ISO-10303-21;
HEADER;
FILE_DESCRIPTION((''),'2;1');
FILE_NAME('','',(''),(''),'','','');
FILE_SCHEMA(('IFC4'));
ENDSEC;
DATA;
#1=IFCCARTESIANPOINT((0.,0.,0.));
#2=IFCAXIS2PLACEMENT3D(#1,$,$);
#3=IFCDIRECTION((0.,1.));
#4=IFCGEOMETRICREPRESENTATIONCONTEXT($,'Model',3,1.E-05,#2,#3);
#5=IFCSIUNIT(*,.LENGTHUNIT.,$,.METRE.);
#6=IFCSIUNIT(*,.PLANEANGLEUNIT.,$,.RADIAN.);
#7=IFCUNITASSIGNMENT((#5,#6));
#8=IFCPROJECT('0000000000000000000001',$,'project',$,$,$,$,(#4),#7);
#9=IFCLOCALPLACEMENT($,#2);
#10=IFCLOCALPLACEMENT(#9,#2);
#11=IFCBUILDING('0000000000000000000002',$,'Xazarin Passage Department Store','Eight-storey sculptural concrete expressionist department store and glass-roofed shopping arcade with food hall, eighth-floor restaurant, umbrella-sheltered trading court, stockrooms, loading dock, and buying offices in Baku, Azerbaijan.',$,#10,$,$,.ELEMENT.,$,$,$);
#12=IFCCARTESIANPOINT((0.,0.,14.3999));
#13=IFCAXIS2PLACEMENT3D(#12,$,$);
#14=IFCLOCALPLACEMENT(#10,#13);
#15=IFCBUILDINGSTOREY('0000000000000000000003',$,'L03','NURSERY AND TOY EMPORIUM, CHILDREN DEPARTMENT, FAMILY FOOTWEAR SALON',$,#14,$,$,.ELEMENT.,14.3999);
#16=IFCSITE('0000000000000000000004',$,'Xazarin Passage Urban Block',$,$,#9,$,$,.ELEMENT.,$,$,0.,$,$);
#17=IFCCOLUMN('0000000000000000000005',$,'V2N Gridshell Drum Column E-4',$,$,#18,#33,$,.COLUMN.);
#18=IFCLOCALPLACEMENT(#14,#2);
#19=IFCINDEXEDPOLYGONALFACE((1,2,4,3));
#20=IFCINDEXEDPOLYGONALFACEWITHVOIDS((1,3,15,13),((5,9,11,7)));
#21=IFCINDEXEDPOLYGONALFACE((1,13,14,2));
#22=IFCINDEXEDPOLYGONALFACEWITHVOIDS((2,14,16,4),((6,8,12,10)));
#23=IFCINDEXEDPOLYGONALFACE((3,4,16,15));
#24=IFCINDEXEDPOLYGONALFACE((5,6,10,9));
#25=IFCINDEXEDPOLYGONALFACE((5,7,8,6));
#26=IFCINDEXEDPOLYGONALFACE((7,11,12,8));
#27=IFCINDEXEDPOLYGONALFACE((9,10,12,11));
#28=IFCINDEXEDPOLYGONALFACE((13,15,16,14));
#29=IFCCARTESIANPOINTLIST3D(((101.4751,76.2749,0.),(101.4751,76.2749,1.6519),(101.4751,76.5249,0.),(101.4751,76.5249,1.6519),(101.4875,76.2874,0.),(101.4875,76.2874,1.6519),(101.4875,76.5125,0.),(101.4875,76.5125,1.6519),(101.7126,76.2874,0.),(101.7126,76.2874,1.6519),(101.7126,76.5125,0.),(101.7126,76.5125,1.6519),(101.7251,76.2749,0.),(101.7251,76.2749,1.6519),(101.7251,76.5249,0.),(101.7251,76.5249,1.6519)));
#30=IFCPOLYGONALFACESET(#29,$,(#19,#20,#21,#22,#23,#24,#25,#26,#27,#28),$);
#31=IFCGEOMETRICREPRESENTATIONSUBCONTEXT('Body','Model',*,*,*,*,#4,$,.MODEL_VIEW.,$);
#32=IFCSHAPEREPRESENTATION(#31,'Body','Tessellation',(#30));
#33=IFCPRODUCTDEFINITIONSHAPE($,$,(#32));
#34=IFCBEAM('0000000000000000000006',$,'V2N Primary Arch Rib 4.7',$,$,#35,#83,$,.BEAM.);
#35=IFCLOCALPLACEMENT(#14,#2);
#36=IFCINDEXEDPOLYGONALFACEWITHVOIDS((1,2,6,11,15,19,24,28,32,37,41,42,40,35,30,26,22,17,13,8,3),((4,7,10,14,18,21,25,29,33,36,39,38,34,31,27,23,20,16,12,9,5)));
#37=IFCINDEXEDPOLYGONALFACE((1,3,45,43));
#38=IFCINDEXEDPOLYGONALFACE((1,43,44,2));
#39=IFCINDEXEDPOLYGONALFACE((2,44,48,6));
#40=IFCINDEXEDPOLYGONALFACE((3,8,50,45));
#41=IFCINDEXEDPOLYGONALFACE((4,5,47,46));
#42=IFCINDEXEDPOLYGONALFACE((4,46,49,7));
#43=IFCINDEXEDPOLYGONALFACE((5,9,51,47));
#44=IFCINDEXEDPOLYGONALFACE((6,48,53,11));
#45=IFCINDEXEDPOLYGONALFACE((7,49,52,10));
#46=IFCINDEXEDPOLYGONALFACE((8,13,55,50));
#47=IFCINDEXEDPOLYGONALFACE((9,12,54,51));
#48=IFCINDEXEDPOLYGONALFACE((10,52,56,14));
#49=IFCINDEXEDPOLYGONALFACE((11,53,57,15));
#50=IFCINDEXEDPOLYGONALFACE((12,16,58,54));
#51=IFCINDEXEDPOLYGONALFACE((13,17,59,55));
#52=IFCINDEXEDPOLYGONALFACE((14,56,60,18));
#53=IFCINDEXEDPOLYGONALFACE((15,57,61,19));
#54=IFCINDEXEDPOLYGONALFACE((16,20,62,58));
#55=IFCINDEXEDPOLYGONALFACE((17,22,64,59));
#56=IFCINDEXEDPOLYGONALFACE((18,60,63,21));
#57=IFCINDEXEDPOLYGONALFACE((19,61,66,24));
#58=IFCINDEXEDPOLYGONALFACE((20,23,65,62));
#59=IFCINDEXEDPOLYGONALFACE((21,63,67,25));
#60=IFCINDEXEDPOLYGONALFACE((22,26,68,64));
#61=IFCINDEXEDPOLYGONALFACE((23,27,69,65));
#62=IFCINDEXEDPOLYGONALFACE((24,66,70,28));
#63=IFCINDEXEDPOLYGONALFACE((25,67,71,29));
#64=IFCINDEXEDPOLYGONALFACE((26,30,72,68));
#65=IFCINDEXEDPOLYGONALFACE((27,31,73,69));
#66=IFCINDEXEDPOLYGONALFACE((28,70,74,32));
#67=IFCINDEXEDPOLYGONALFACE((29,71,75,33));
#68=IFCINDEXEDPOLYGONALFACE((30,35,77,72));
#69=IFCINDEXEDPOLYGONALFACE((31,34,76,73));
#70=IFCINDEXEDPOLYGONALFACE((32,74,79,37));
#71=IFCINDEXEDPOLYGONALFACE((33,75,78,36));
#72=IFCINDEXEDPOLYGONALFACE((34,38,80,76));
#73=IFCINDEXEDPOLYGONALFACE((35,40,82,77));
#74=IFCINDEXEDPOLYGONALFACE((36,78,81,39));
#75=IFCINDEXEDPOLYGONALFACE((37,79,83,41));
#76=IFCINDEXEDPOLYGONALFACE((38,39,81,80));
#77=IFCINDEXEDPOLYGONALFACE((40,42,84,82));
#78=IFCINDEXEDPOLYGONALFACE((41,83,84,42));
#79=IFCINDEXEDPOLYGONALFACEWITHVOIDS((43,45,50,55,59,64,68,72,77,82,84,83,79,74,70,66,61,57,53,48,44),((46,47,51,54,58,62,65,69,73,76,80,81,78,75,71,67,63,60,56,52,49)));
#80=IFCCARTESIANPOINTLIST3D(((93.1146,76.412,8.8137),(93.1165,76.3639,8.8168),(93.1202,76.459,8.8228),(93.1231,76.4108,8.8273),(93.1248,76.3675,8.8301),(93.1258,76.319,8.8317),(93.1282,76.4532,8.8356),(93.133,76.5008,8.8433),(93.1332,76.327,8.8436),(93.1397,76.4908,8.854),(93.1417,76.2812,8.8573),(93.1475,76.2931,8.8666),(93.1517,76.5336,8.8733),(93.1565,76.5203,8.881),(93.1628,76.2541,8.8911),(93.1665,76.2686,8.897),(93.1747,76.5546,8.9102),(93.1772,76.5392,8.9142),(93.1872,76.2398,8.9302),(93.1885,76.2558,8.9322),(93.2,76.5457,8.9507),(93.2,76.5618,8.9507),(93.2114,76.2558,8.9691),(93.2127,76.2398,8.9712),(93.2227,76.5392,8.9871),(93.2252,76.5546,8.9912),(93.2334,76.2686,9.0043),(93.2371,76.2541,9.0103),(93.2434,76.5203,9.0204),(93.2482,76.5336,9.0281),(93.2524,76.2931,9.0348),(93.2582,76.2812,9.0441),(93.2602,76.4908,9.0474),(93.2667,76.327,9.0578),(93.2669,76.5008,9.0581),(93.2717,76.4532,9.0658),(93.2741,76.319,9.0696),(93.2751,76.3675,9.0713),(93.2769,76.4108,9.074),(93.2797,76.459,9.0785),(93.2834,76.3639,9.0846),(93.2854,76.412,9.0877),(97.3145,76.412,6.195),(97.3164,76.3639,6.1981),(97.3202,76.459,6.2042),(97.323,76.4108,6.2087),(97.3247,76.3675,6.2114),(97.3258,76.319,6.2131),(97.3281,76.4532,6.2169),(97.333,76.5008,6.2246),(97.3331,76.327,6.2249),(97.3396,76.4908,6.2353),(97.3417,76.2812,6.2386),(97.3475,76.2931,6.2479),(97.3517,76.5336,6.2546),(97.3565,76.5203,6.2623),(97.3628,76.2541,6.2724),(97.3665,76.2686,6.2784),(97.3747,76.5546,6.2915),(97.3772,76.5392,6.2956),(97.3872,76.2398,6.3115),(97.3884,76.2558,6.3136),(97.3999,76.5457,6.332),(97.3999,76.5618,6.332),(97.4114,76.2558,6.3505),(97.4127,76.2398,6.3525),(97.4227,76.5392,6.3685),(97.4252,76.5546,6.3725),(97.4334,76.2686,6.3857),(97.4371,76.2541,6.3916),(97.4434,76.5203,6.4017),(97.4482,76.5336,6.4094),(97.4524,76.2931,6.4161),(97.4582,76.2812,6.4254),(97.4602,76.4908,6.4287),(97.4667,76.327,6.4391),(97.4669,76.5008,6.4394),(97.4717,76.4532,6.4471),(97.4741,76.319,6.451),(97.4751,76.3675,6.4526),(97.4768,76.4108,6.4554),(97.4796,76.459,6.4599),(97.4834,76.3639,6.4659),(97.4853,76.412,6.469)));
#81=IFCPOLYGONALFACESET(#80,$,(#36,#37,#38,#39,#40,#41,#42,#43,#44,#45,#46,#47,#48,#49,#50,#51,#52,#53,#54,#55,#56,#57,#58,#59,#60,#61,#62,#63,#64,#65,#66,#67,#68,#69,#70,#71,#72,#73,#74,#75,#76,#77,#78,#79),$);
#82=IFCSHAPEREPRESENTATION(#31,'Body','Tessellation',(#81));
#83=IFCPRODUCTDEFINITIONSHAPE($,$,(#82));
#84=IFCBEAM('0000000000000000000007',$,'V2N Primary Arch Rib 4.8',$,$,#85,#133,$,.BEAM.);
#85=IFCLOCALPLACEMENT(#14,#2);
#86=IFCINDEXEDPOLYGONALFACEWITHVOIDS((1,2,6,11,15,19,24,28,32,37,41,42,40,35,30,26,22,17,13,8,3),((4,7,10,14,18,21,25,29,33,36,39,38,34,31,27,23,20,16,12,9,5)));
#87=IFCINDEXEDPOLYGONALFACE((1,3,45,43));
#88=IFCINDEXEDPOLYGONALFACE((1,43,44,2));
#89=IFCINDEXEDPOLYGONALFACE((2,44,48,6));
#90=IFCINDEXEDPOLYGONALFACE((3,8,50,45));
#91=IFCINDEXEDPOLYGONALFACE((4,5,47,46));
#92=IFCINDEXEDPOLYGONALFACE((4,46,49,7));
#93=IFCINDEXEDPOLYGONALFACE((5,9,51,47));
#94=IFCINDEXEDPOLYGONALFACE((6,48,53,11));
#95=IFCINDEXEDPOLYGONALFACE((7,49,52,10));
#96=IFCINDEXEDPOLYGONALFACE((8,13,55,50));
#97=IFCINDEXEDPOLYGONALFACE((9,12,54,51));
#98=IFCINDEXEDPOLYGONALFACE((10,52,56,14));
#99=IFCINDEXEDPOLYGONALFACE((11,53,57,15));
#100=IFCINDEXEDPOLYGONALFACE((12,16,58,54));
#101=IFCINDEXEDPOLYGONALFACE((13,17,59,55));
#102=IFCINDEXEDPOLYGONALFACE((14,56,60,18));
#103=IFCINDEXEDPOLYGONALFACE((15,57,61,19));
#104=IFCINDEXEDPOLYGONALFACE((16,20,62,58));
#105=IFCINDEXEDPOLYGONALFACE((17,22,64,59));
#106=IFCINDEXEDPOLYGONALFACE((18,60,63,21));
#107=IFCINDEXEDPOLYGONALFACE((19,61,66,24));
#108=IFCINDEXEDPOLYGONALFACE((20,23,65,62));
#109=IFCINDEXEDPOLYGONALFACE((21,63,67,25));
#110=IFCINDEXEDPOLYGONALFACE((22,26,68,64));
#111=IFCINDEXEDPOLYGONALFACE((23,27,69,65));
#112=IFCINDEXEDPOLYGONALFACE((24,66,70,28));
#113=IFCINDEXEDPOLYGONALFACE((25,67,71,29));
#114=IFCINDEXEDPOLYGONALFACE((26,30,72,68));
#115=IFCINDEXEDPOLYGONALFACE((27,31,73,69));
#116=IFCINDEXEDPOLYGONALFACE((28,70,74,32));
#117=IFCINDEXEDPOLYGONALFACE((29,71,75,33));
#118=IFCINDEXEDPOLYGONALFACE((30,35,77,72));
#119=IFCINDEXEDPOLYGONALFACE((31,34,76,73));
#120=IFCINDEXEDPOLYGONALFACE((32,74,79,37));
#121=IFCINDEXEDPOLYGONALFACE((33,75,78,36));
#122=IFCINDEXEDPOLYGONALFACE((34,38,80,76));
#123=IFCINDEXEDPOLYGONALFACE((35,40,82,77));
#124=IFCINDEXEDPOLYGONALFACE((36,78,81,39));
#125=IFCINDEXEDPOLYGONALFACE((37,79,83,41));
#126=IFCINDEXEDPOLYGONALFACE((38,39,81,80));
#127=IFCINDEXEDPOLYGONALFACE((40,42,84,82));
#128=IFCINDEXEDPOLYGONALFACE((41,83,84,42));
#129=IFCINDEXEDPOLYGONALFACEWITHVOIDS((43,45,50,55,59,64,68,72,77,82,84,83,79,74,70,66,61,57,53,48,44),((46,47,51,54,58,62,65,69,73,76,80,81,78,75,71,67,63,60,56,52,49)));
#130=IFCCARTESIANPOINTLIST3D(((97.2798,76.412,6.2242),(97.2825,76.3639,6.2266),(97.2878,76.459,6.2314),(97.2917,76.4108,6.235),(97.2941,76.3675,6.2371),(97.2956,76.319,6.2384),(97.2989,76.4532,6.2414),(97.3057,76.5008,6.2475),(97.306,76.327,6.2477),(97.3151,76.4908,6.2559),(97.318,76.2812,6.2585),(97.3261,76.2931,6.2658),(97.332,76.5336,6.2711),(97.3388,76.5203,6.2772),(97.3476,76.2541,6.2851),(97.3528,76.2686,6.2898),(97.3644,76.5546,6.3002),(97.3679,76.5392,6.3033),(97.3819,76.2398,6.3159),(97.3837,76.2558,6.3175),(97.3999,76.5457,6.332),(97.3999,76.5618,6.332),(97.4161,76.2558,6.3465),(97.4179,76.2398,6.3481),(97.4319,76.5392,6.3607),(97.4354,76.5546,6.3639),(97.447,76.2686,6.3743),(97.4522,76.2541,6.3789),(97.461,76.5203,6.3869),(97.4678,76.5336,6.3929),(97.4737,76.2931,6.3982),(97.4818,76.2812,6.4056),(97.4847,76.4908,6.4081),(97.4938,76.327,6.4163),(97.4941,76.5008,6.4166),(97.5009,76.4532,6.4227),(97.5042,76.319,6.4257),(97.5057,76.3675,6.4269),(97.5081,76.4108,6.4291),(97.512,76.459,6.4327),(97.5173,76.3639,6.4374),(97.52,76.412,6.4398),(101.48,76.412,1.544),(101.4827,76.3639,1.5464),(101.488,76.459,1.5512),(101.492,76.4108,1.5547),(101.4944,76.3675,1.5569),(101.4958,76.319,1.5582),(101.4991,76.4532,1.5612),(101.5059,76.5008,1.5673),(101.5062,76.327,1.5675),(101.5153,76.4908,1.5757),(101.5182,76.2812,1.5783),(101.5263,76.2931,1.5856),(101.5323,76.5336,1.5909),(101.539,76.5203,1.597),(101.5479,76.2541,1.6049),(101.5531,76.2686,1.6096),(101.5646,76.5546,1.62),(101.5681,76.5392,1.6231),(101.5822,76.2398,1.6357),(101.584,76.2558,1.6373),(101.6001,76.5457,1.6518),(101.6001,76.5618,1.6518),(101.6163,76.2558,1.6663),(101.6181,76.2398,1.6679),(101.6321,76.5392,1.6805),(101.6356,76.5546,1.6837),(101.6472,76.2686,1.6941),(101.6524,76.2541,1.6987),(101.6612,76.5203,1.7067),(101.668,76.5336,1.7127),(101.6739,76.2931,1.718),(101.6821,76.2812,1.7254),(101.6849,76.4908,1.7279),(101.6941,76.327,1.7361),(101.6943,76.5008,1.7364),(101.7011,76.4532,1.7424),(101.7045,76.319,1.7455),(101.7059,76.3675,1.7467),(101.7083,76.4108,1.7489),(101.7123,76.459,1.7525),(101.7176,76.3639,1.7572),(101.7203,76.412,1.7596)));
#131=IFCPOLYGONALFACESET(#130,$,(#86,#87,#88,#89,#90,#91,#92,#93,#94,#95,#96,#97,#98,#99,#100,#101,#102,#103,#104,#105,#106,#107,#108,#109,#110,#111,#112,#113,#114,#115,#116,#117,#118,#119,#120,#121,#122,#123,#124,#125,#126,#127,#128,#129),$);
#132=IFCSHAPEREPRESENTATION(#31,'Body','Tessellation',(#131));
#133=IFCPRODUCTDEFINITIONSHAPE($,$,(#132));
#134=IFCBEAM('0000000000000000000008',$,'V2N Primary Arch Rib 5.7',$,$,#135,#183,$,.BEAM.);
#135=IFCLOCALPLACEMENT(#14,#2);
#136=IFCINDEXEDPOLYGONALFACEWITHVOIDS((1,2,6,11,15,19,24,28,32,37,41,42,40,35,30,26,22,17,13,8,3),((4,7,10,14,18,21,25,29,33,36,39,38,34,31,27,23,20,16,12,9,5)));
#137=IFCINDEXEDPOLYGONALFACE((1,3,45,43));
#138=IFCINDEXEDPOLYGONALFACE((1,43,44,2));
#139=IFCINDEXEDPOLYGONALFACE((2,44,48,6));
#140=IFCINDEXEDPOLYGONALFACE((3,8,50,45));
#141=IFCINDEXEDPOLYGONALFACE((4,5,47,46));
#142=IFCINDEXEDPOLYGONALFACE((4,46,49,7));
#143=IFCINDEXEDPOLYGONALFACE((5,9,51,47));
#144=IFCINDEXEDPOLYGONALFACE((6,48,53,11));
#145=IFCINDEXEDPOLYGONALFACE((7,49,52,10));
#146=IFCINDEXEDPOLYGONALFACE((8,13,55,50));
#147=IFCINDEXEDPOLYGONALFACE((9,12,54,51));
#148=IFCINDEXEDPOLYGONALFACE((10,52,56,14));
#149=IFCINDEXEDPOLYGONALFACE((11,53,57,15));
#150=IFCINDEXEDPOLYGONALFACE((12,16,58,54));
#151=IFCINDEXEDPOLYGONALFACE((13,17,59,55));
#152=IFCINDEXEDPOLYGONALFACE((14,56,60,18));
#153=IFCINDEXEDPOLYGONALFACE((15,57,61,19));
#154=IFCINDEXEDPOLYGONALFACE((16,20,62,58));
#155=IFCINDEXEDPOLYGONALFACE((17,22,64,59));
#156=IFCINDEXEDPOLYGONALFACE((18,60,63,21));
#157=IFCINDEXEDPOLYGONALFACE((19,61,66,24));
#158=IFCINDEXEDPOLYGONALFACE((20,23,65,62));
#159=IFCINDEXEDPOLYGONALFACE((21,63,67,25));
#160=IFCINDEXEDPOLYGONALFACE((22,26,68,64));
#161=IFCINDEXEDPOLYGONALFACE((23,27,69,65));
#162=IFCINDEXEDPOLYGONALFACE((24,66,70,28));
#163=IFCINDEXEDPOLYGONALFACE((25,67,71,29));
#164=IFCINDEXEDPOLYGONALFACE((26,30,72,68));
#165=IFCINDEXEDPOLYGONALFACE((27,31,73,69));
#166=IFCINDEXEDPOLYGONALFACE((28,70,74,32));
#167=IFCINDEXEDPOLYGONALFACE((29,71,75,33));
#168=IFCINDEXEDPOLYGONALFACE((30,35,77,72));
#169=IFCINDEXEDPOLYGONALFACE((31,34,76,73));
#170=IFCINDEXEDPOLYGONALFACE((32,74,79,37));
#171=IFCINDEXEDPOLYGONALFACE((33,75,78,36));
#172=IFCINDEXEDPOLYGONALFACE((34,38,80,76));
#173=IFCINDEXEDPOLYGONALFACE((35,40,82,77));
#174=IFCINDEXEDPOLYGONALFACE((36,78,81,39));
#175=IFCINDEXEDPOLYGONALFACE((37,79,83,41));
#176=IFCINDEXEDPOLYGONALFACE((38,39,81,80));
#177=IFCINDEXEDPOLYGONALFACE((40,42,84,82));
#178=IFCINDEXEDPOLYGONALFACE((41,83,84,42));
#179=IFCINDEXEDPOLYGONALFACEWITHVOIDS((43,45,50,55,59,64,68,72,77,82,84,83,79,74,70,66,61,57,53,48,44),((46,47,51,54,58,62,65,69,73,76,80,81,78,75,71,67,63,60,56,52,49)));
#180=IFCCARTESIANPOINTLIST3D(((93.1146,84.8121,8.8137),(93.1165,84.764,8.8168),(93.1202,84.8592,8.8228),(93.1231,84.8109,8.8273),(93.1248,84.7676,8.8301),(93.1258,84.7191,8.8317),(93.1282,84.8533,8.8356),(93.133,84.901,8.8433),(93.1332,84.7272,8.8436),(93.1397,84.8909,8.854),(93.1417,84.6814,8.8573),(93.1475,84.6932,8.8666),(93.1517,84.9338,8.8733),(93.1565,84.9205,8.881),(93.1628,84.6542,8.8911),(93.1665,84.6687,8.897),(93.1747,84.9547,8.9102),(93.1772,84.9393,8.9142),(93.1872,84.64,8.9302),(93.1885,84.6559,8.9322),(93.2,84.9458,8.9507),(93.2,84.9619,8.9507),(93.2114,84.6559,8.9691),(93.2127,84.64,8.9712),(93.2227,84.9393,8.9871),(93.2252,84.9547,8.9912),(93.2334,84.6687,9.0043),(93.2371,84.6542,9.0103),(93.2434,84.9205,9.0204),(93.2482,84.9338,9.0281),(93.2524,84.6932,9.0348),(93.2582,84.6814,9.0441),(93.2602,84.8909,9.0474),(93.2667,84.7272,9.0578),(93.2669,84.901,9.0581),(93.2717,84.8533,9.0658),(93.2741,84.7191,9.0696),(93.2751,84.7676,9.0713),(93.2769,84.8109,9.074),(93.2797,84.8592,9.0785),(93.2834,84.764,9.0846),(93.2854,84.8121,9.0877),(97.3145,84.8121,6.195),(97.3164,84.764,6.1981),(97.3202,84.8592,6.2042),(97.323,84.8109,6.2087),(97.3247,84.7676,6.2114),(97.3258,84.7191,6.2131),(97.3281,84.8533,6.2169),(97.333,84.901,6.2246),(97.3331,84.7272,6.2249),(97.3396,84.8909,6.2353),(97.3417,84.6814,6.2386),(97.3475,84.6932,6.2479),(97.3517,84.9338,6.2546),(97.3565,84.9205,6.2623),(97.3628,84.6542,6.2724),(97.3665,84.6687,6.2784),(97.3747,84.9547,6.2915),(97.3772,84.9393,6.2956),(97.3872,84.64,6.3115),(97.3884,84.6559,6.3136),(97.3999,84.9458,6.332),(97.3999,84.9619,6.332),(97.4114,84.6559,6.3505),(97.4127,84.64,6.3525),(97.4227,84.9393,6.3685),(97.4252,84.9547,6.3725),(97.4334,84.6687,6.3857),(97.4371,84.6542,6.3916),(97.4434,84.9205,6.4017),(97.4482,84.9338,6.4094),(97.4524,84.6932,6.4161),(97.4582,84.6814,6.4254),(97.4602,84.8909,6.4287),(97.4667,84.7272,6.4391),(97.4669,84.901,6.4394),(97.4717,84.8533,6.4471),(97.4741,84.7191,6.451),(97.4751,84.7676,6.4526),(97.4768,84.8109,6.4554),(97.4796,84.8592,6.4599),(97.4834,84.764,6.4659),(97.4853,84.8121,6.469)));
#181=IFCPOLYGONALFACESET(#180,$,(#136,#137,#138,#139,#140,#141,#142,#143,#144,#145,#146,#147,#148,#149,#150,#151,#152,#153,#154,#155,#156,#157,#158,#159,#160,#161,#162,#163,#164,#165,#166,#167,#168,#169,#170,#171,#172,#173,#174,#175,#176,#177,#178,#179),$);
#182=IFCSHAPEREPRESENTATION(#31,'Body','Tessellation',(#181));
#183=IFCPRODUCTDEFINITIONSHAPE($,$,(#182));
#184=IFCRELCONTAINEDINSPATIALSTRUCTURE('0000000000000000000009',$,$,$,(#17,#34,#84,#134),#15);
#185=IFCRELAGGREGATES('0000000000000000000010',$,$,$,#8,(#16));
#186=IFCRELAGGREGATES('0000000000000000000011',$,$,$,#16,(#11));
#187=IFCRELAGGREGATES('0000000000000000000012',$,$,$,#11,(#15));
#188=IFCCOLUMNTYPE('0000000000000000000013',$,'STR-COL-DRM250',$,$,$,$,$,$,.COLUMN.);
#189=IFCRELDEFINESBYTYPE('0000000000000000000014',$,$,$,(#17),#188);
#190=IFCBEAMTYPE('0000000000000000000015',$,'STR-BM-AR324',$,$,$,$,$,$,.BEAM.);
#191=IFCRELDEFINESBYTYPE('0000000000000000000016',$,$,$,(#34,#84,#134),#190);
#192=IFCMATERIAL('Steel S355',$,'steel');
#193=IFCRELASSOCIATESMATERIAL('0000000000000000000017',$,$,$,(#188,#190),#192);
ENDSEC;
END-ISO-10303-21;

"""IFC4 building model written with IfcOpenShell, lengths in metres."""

from ifc_helpers import new_model, si_unit, direction, frame, origin, origin_2d, place, context, subcontext, project, spatial, hollow_rectangle, hollow_circle, extrude, material, material_profile, profile_set, type_object, element, save


model = new_model("IFC4")

# Units and contexts
model_context = context("Model", 3, precision=1e-05, world=origin(), true_north=direction((0.0, 1.0)))
body_context = subcontext(model_context, "Body", "Model", "MODEL_VIEW")
ifc_project = project(units=[si_unit("LENGTHUNIT", "METRE"), si_unit("PLANEANGLEUNIT", "RADIAN")], contexts=[model_context])

# Site, building, storey
site_placement = place(None, origin())
site = spatial("IfcSite", under=ifc_project, at=site_placement, Name="Xazarin Passage Urban Block", CompositionType="ELEMENT", RefElevation=0.0)
building_placement = place(site_placement, origin())
building = spatial("IfcBuilding", under=site, at=building_placement, Name="Xazarin Passage Department Store", Description="Eight-storey sculptural concrete expressionist department store and glass-roofed shopping arcade with food hall, eighth-floor restaurant, umbrella-sheltered trading court, stockrooms, loading dock, and buying offices in Baku, Azerbaijan.", CompositionType="ELEMENT")
storey_placement = place(building_placement, frame((0.0, 0.0, 14.3999)))
storey = spatial("IfcBuildingStorey", under=building, at=storey_placement, Name="L03", Description="NURSERY AND TOY EMPORIUM, CHILDREN DEPARTMENT, FAMILY FOOTWEAR SALON", CompositionType="ELEMENT", Elevation=14.3999)

# Column
ifc_material_1 = material(Name="Steel S355", Category="steel")
ifc_material_profile_1 = material_profile(ifc_material_1, hollow_rectangle(XDim=0.25, YDim=0.25, WallThickness=0.0125, at=origin_2d()), Name="SHS 250x250x12.5")
ifc_profile_set_1 = profile_set([ifc_material_profile_1], Name="Steel S355")
column_type = type_object("IfcColumnType", Name="STR-COL-DRM250", PredefinedType="COLUMN", material=ifc_profile_set_1)
column_placement = place(storey_placement, frame((101.6001, 76.3999, 0.0), z_axis=(0.0, 0.0, 1.0), x_axis=(1.0, 0.0, 0.0)))
element("IfcColumn", 1, at=column_placement, inside=storey, type_object=column_type, Name="V2N Gridshell Drum Column E-4", PredefinedType="COLUMN", context=body_context, shape_type="SweptSolid", body=[
    extrude(hollow_rectangle(XDim=0.25, YDim=0.25, WallThickness=0.0125, at=origin_2d()), origin(), (0.0, 0.0, 1.0), 1.6519),
])

# Beams
ifc_material_profile_2 = material_profile(ifc_material_1, hollow_circle(Radius=0.1619, WallThickness=0.0161, at=origin_2d()), Name="CHS 323.9x16")
ifc_profile_set_2 = profile_set([ifc_material_profile_2], Name="Steel S355")
beam_type = type_object("IfcBeamType", Name="STR-BM-AR324", PredefinedType="BEAM", material=ifc_profile_set_2)
beam_1_placement = place(storey_placement, frame((93.2, 76.3999, 8.9507), z_axis=(0.848571, 0.0, -0.529081), x_axis=(0.0, 1.0, 0.0)))
element("IfcBeam", 2, at=beam_1_placement, inside=storey, type_object=beam_type, Name="V2N Primary Arch Rib 4.7", PredefinedType="BEAM", context=body_context, shape_type="SweptSolid", body=[
    extrude(hollow_circle(Radius=0.1619, WallThickness=0.0161, at=origin_2d()), origin(), (0.0, 0.0, 1.0), 4.9495),
])
beam_2_placement = place(storey_placement, frame((97.3999, 76.3999, 6.332), z_axis=(0.667913, 0.0, -0.744239), x_axis=(0.0, 1.0, 0.0)))
element("IfcBeam", 3, at=beam_2_placement, inside=storey, type_object=beam_type, Name="V2N Primary Arch Rib 4.8", PredefinedType="BEAM", context=body_context, shape_type="SweptSolid", body=[
    extrude(hollow_circle(Radius=0.1619, WallThickness=0.0161, at=origin_2d()), origin(), (0.0, 0.0, 1.0), 6.2886),
])
beam_3_placement = place(storey_placement, frame((93.2, 84.8, 8.9507), z_axis=(0.848571, 0.0, -0.529081), x_axis=(0.0, 1.0, 0.0)))
element("IfcBeam", 4, at=beam_3_placement, inside=storey, type_object=beam_type, Name="V2N Primary Arch Rib 5.7", PredefinedType="BEAM", context=body_context, shape_type="SweptSolid", body=[
    extrude(hollow_circle(Radius=0.1619, WallThickness=0.0161, at=origin_2d()), origin(), (0.0, 0.0, 1.0), 4.9495),
])

save(model, "model.ifc")
